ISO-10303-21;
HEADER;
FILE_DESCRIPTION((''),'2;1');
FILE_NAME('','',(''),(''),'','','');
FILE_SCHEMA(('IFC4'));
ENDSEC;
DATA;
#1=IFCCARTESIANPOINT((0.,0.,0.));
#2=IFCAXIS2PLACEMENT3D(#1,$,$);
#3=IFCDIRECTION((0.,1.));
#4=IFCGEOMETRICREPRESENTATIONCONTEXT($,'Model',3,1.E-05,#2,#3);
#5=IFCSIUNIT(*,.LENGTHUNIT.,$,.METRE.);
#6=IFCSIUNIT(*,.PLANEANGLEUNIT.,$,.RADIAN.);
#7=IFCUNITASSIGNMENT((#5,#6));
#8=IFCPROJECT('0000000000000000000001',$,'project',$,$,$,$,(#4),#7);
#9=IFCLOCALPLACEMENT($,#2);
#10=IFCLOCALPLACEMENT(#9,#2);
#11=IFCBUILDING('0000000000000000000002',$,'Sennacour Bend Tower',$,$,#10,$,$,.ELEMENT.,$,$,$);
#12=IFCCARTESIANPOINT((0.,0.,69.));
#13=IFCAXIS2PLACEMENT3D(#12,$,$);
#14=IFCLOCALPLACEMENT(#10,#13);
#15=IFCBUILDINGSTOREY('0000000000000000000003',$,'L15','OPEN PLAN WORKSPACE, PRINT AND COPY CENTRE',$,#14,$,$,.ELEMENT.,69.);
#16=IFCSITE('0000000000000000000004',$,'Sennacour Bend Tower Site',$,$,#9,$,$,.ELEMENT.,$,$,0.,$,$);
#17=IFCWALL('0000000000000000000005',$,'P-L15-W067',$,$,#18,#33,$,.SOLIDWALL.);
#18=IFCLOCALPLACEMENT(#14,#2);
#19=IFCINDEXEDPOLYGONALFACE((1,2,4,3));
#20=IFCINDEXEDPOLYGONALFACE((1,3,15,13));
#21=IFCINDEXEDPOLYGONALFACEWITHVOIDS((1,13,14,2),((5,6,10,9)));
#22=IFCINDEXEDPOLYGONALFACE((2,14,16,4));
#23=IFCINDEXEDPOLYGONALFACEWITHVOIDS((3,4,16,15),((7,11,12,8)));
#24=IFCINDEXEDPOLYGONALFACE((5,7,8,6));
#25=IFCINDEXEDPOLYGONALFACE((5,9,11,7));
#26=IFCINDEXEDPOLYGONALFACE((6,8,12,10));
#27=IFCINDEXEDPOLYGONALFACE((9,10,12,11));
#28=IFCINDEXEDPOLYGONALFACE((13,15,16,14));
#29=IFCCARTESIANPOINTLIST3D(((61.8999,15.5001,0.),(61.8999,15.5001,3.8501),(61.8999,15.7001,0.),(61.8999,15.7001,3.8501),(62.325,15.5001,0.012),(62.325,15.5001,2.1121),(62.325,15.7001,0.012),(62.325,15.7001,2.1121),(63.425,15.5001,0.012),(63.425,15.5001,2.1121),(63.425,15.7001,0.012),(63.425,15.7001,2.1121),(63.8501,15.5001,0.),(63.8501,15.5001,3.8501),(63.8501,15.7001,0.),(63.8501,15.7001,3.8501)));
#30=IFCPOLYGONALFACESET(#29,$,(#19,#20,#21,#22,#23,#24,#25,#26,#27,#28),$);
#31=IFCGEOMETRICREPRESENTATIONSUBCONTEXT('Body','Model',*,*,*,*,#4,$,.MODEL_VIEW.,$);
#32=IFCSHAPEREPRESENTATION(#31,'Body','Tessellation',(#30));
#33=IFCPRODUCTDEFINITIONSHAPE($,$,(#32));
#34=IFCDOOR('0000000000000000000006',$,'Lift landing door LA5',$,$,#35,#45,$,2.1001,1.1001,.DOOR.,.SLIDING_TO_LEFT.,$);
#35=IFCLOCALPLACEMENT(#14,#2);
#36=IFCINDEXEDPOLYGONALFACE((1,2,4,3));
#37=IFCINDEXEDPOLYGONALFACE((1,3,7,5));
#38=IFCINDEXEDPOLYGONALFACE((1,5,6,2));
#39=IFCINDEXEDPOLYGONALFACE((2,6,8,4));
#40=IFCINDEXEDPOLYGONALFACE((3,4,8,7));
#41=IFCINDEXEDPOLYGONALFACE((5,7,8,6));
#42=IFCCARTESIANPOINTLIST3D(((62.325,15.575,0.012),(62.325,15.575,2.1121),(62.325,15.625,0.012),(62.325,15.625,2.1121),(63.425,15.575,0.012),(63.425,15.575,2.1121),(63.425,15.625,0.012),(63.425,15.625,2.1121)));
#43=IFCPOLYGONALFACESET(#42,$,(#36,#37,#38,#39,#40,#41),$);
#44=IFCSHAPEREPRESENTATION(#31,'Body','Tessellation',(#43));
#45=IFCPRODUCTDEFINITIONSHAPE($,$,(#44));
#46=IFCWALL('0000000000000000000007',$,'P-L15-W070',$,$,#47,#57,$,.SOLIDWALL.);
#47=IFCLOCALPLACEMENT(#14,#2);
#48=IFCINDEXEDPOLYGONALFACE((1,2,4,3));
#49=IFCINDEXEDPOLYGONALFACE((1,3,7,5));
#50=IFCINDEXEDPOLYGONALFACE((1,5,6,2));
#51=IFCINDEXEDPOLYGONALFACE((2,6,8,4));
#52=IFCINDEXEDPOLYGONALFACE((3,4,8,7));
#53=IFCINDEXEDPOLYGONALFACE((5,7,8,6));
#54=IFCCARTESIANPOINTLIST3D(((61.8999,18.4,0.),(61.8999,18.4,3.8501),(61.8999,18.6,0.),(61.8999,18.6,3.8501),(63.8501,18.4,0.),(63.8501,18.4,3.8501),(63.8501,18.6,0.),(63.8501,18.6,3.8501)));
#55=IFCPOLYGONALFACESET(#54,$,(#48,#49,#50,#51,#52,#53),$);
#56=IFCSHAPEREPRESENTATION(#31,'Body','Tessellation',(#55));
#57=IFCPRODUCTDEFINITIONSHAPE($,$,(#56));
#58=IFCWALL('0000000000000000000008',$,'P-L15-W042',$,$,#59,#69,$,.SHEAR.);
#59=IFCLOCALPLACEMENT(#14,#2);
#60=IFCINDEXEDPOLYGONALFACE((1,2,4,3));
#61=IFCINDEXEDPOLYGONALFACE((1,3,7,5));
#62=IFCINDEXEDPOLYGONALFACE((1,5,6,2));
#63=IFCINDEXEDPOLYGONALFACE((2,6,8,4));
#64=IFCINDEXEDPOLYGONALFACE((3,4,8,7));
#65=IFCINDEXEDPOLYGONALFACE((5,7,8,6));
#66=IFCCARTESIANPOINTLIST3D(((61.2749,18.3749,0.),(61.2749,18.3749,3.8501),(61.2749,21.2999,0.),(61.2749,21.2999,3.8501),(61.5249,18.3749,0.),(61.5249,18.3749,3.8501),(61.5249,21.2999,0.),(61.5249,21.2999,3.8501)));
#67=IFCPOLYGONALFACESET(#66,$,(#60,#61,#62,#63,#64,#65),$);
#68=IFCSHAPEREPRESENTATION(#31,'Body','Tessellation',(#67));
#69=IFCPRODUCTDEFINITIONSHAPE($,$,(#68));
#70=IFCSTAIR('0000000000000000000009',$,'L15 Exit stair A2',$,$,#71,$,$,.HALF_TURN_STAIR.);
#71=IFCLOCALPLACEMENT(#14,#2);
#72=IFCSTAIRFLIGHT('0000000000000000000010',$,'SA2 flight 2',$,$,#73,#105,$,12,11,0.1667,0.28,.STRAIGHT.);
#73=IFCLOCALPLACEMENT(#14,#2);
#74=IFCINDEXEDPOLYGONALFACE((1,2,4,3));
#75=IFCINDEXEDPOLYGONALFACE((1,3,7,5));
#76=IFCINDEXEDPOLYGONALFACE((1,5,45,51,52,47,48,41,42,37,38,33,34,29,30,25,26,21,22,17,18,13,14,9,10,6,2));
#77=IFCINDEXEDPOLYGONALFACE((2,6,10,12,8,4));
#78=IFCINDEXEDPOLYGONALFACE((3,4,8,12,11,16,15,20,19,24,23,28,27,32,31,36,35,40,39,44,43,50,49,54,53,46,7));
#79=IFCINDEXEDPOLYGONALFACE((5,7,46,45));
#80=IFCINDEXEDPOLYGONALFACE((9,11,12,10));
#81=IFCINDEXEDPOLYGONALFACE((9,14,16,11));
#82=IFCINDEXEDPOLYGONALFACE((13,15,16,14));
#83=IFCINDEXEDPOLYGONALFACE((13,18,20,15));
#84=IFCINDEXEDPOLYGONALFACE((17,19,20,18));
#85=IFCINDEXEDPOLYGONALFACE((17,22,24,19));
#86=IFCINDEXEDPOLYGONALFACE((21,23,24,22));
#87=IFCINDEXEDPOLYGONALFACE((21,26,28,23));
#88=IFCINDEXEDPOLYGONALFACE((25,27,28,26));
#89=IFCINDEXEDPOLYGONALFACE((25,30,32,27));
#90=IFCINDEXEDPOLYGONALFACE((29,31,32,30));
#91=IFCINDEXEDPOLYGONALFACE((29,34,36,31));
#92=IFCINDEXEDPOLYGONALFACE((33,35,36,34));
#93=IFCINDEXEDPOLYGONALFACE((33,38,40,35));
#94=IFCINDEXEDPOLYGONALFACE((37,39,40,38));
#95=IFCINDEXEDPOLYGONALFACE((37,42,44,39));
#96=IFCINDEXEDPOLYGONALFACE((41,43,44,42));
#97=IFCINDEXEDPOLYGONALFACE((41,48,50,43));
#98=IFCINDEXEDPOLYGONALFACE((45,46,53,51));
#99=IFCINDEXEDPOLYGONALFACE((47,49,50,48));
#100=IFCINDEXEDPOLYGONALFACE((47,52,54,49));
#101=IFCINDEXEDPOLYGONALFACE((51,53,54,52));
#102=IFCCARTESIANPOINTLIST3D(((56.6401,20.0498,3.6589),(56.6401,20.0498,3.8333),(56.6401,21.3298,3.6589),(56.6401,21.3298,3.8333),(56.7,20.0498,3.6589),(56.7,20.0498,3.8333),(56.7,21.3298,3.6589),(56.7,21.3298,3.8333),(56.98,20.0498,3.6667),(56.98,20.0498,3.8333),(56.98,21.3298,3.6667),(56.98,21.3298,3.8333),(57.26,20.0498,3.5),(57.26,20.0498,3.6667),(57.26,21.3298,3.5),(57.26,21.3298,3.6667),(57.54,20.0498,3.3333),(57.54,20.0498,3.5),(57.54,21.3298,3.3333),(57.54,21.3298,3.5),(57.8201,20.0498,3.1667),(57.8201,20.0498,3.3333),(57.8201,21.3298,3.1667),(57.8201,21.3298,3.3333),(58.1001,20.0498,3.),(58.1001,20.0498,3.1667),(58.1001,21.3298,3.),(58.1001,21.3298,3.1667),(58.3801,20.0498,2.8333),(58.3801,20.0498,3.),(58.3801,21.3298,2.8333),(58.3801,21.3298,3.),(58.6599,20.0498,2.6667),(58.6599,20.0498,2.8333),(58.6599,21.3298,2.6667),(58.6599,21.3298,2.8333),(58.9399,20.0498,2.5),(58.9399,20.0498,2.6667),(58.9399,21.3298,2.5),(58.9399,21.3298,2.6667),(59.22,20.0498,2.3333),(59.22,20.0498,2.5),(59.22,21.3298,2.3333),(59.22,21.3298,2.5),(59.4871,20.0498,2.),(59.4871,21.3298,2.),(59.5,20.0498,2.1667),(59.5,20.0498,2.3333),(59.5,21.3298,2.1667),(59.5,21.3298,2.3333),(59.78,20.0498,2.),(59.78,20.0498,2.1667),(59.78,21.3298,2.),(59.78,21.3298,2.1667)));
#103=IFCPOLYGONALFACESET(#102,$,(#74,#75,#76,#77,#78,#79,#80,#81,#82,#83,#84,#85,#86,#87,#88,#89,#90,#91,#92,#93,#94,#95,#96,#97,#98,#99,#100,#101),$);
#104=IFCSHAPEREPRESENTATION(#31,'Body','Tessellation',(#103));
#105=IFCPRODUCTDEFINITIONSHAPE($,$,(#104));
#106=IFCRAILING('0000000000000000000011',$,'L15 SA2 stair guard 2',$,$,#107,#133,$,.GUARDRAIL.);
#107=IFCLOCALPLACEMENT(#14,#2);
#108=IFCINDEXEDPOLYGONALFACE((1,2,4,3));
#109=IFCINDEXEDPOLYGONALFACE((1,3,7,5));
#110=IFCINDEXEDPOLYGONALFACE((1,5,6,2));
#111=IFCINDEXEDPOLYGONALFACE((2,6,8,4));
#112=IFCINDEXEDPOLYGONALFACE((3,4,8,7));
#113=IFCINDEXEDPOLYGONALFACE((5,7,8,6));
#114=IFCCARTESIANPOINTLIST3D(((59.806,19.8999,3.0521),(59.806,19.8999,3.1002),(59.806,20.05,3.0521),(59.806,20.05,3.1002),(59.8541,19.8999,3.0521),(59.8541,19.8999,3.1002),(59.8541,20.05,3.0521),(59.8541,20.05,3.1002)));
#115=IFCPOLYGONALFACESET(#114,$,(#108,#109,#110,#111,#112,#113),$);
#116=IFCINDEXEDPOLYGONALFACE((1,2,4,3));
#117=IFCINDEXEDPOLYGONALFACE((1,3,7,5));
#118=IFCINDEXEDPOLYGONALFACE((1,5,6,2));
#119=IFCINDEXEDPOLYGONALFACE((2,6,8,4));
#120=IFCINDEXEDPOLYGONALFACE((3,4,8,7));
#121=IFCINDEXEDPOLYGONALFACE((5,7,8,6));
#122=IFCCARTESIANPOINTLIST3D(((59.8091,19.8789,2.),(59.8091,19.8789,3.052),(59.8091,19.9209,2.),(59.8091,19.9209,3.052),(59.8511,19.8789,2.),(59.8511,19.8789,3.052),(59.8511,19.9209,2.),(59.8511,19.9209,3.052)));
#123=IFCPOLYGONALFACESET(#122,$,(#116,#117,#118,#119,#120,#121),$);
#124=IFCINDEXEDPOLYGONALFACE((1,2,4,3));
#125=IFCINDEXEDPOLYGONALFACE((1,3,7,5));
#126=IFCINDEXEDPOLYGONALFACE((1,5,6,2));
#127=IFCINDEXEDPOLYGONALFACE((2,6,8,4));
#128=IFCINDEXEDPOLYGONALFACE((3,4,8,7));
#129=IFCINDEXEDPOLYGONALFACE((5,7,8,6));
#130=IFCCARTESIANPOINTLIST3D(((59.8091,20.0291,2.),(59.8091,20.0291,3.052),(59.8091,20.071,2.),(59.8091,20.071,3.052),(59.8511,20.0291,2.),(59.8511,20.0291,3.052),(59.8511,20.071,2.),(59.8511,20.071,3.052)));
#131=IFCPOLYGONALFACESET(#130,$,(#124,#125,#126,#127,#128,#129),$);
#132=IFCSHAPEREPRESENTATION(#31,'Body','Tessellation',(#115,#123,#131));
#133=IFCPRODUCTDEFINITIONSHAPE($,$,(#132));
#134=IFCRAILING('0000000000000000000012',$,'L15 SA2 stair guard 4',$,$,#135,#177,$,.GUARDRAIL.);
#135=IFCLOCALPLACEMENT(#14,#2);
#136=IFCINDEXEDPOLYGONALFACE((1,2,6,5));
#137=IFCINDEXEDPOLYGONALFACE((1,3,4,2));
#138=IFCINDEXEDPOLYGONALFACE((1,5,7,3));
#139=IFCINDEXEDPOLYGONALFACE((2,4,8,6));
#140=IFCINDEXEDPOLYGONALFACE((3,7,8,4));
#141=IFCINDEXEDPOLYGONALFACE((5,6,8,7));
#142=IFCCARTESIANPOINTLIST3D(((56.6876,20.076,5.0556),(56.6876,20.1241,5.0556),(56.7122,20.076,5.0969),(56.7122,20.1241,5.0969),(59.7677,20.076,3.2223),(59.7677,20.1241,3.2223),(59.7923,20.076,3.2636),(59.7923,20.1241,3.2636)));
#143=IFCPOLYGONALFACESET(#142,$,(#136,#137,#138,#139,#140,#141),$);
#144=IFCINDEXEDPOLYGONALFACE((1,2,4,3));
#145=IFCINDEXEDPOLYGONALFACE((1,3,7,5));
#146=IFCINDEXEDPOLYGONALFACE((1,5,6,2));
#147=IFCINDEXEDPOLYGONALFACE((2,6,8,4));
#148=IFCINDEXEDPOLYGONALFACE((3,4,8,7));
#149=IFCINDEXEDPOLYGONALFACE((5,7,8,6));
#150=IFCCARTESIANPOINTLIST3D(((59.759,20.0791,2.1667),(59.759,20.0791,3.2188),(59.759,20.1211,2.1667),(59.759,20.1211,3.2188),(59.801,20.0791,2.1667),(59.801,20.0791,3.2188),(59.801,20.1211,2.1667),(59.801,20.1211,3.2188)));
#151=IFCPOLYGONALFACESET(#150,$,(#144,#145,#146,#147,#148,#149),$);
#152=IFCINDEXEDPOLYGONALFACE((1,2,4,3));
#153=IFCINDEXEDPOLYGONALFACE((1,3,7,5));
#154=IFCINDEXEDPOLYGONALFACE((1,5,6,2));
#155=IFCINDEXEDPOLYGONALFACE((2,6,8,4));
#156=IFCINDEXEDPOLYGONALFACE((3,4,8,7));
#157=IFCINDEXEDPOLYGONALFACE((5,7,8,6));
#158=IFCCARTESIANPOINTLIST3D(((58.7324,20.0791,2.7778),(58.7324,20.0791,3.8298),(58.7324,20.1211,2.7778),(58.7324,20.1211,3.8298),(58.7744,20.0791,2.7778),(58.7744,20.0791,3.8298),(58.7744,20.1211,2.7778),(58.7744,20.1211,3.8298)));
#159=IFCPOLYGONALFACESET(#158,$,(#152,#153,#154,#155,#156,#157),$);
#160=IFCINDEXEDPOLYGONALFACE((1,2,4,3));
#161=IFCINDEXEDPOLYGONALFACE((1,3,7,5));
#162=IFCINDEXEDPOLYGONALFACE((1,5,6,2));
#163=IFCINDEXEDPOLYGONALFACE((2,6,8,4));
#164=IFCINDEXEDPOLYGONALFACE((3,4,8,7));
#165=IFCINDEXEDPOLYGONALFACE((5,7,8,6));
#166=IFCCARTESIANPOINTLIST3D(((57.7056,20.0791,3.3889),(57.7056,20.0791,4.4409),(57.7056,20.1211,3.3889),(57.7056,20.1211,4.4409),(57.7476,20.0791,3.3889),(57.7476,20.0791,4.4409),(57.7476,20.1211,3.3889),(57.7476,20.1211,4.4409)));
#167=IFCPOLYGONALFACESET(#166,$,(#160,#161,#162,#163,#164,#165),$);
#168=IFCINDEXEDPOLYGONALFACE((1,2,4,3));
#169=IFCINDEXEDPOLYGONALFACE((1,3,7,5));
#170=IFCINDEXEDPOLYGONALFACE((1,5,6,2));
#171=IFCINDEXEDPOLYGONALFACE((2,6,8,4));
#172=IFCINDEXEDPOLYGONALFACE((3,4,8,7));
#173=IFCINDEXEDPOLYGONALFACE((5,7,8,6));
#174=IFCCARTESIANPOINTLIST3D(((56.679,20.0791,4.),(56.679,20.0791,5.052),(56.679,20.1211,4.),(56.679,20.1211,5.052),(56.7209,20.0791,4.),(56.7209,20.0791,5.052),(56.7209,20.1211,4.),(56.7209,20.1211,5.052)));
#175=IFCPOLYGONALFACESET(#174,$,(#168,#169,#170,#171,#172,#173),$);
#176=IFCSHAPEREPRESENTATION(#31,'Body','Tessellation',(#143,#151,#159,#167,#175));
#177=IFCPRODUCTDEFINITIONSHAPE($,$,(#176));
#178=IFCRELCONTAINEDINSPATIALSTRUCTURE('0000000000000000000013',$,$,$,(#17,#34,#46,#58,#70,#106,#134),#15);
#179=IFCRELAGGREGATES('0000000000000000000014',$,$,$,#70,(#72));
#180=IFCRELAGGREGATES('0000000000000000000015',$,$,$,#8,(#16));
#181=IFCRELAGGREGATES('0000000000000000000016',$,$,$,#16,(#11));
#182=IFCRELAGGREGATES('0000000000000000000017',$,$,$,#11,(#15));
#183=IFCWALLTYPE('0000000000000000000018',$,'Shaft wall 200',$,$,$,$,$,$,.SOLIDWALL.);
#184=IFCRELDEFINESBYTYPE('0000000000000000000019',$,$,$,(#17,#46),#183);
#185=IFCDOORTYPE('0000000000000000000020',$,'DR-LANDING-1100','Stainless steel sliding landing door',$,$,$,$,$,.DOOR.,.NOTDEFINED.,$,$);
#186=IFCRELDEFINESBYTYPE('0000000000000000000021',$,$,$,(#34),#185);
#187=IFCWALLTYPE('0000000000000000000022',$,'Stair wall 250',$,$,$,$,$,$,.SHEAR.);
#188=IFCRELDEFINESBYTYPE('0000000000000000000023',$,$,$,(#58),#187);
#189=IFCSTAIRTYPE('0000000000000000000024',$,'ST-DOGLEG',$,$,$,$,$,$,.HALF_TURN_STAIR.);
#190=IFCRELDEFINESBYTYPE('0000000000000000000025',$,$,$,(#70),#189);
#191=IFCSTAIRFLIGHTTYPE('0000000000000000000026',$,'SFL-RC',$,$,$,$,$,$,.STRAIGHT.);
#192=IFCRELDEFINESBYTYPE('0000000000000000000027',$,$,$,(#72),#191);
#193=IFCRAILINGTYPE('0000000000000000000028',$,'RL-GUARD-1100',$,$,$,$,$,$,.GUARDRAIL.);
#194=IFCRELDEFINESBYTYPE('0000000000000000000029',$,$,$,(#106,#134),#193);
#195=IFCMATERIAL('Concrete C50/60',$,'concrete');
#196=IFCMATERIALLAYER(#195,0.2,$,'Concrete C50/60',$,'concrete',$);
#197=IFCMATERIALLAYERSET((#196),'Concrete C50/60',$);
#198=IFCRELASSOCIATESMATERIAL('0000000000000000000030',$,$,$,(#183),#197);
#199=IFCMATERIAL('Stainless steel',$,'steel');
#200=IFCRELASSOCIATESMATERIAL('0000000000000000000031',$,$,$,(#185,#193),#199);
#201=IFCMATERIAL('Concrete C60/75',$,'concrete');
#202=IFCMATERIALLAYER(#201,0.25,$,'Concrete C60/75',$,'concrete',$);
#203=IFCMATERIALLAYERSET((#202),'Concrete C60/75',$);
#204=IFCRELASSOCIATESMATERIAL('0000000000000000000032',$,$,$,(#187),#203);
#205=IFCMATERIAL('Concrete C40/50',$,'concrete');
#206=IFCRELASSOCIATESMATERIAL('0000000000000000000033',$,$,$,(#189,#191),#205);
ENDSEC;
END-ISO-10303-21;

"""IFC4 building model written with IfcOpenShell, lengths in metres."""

from ifc_helpers import new_model, si_unit, direction, frame, frame_2d, origin, origin_2d, place, context, subcontext, project, spatial, polyline, rectangle, outline, extrude, material, layer, layer_set, type_object, element, fill, aggregate, save


model = new_model("IFC4")

# Units and contexts
model_context = context("Model", 3, precision=1e-05, world=origin(), true_north=direction((0.0, 1.0)))
body_context = subcontext(model_context, "Body", "Model", "MODEL_VIEW")
ifc_project = project(units=[si_unit("LENGTHUNIT", "METRE"), si_unit("PLANEANGLEUNIT", "RADIAN")], contexts=[model_context])

# Site, building, storey
site_placement = place(None, origin())
site = spatial("IfcSite", under=ifc_project, at=site_placement, Name="Sennacour Bend Tower Site", CompositionType="ELEMENT", RefElevation=0.0)
building_placement = place(site_placement, origin())
building = spatial("IfcBuilding", under=site, at=building_placement, Name="Sennacour Bend Tower", CompositionType="ELEMENT")
storey_placement = place(building_placement, frame((0.0, 0.0, 69.0)))
storey = spatial("IfcBuildingStorey", under=building, at=storey_placement, Name="L15", Description="OPEN PLAN WORKSPACE, PRINT AND COPY CENTRE", CompositionType="ELEMENT", Elevation=69.0)

# Shared definitions
ifc_material_1 = material(Name="Concrete C50/60", Category="concrete")
ifc_layer_1 = layer(ifc_material_1, 0.2, Name="Concrete C50/60", Category="concrete")
ifc_layer_set_1 = layer_set([ifc_layer_1], Name="Concrete C50/60")
wall_type_1 = type_object("IfcWallType", Name="Shaft wall 200", PredefinedType="SOLIDWALL", material=ifc_layer_set_1)

# Wall, opening, door
ifc_material_2 = material(Name="Stainless steel", Category="steel")
wall_1_placement = place(storey_placement, frame((61.8999, 15.6001, 0.0), z_axis=(0.0, 0.0, 1.0), x_axis=(1.0, 0.0, 0.0)))
wall_1 = element("IfcWall", 1, at=wall_1_placement, inside=storey, type_object=wall_type_1, Name="P-L15-W067", PredefinedType="SOLIDWALL", context=body_context, shape_type="SweptSolid", body=[
    extrude(rectangle(XDim=1.9502, YDim=0.2, at=frame_2d((0.9751, 0.0))), origin(), (0.0, 0.0, 1.0), 3.8501),
])
opening_1_placement = place(wall_1_placement, frame((0.425, 0.0, 0.012)))
opening_1 = element("IfcOpeningElement", 2, at=opening_1_placement, cuts=wall_1, PredefinedType="OPENING", context=body_context, shape_type="SweptSolid", body=[
    extrude(rectangle(XDim=1.1001, YDim=2.1001, at=frame_2d((0.55, 1.05))), frame((0.0, 0.1099, 0.0), z_axis=(0.0, -1.0, 0.0), x_axis=(1.0, 0.0, 0.0)), (0.0, 0.0, 1.0), 0.22),
])
door_type_1 = type_object("IfcDoorType", Name="DR-LANDING-1100", Description="Stainless steel sliding landing door", OperationType="NOTDEFINED", PredefinedType="DOOR", material=ifc_material_2)
door_1_placement = place(opening_1_placement, origin())
door_1 = element("IfcDoor", 3, at=door_1_placement, inside=storey, type_object=door_type_1, Name="Lift landing door LA5", OperationType="SLIDING_TO_LEFT", OverallHeight=2.1001, OverallWidth=1.1001, PredefinedType="DOOR", context=body_context, shape_type="SweptSolid", body=[
    extrude(rectangle(XDim=1.1001, YDim=2.1001, at=frame_2d((0.55, 1.05))), frame((0.0, 0.0249, 0.0), z_axis=(0.0, -1.0, 0.0), x_axis=(1.0, 0.0, 0.0)), (0.0, 0.0, 1.0), 0.05),
])
fill(opening_1, door_1)

# Walls
wall_2_placement = place(storey_placement, frame((61.8999, 18.5, 0.0), z_axis=(0.0, 0.0, 1.0), x_axis=(1.0, 0.0, 0.0)))
element("IfcWall", 4, at=wall_2_placement, inside=storey, type_object=wall_type_1, Name="P-L15-W070", PredefinedType="SOLIDWALL", context=body_context, shape_type="SweptSolid", body=[
    extrude(rectangle(XDim=1.9502, YDim=0.2, at=frame_2d((0.9751, 0.0))), origin(), (0.0, 0.0, 1.0), 3.8501),
])
ifc_material_3 = material(Name="Concrete C60/75", Category="concrete")
ifc_layer_2 = layer(ifc_material_3, 0.25, Name="Concrete C60/75", Category="concrete")
ifc_layer_set_2 = layer_set([ifc_layer_2], Name="Concrete C60/75")
wall_type_2 = type_object("IfcWallType", Name="Stair wall 250", PredefinedType="SHEAR", material=ifc_layer_set_2)
wall_3_placement = place(storey_placement, frame((61.3999, 18.375, 0.0), z_axis=(0.0, 0.0, 1.0), x_axis=(0.0, 1.0, 0.0)))
element("IfcWall", 5, at=wall_3_placement, inside=storey, type_object=wall_type_2, Name="P-L15-W042", PredefinedType="SHEAR", context=body_context, shape_type="SweptSolid", body=[
    extrude(rectangle(XDim=2.925, YDim=0.25, at=frame_2d((1.4624, 0.0))), origin(), (0.0, 0.0, 1.0), 3.8501),
])

# Stair, stair flight
ifc_material_4 = material(Name="Concrete C40/50", Category="concrete")
stair_type = type_object("IfcStairType", Name="ST-DOGLEG", PredefinedType="HALF_TURN_STAIR", material=ifc_material_4)
stair_placement = place(storey_placement, origin())
stair = element("IfcStair", 6, at=stair_placement, inside=storey, type_object=stair_type, Name="L15 Exit stair A2", PredefinedType="HALF_TURN_STAIR")
stair_flight_type = type_object("IfcStairFlightType", Name="SFL-RC", PredefinedType="STRAIGHT", material=ifc_material_4)
stair_flight_placement = place(storey_placement, frame((59.78, 20.6899, 2.0), z_axis=(0.0, 0.0, 1.0), x_axis=(-1.0, 0.0, 0.0)))
stair_flight = element("IfcStairFlight", 7, at=stair_flight_placement, type_object=stair_flight_type, Name="SA2 flight 2", NumberOfRisers=12, NumberOfTreads=11, PredefinedType="STRAIGHT", RiserHeight=0.1667, TreadLength=0.28, context=body_context, shape_type="SweptSolid", body=[
    extrude(outline(polyline([(0.0, 0.0), (0.0, 0.1667), (0.28, 0.1667), (0.28, 0.3333), (0.5601, 0.3333), (0.5601, 0.5), (0.8401, 0.5), (0.8401, 0.6667), (1.1201, 0.6667), (1.1201, 0.8333), (1.3999, 0.8333), (1.3999, 1.0), (1.6799, 1.0), (1.6799, 1.1667), (1.96, 1.1667), (1.96, 1.3333), (2.24, 1.3333), (2.24, 1.5), (2.52, 1.5), (2.52, 1.6667), (2.8, 1.6667), (2.8, 1.8333), (3.0801, 1.8333), (3.1399, 1.8333), (3.1399, 1.6589), (3.0801, 1.6589), (0.293, 0.0), (0.0, 0.0)])), frame((0.0, 0.6401, 0.0), z_axis=(0.0, -1.0, 0.0), x_axis=(1.0, 0.0, 0.0)), (0.0, 0.0, 1.0), 1.28),
])
aggregate(stair, [stair_flight])

# Railings
railing_type_1 = type_object("IfcRailingType", Name="RL-GUARD-1100", PredefinedType="GUARDRAIL", material=ifc_material_2)
railing_1_placement = place(storey_placement, frame((59.8301, 19.8999, 2.0)))
element("IfcRailing", 8, at=railing_1_placement, inside=storey, type_object=railing_type_1, Name="L15 SA2 stair guard 2", PredefinedType="GUARDRAIL", context=body_context, shape_type="SweptSolid", body=[
    extrude(rectangle(XDim=0.0481, YDim=0.0481, at=origin_2d()), frame((0.0, 0.0, 1.0762), z_axis=(0.0, 1.0, 0.0), x_axis=(-1.0, 0.0, 0.0)), (0.0, 0.0, 1.0), 0.1501),
    extrude(rectangle(XDim=0.042, YDim=0.042, at=origin_2d()), origin(), (0.0, 0.0, 1.0), 1.052),
    extrude(rectangle(XDim=0.042, YDim=0.042, at=origin_2d()), frame((0.0, 0.1501, 0.0)), (0.0, 0.0, 1.0), 1.052),
])
railing_2_placement = place(storey_placement, frame((59.78, 20.1001, 2.1667)))
element("IfcRailing", 9, at=railing_2_placement, inside=storey, type_object=railing_type_1, Name="L15 SA2 stair guard 4", PredefinedType="GUARDRAIL", context=body_context, shape_type="SweptSolid", body=[
    extrude(rectangle(XDim=0.0481, YDim=0.0481, at=origin_2d()), frame((0.0, 0.0, 1.0762), z_axis=(-0.859309, 0.0, 0.511458), x_axis=(0.0, -1.0, 0.0)), (0.0, 0.0, 1.0), 3.5845),
    extrude(rectangle(XDim=0.042, YDim=0.042, at=origin_2d()), origin(), (0.0, 0.0, 1.0), 1.052),
    extrude(rectangle(XDim=0.042, YDim=0.042, at=origin_2d()), frame((-1.0266, 0.0, 0.6111)), (0.0, 0.0, 1.0), 1.052),
    extrude(rectangle(XDim=0.042, YDim=0.042, at=origin_2d()), frame((-2.0535, 0.0, 1.2222)), (0.0, 0.0, 1.0), 1.052),
    extrude(rectangle(XDim=0.042, YDim=0.042, at=origin_2d()), frame((-3.0801, 0.0, 1.8333)), (0.0, 0.0, 1.0), 1.052),
])

save(model, "model.ifc")
